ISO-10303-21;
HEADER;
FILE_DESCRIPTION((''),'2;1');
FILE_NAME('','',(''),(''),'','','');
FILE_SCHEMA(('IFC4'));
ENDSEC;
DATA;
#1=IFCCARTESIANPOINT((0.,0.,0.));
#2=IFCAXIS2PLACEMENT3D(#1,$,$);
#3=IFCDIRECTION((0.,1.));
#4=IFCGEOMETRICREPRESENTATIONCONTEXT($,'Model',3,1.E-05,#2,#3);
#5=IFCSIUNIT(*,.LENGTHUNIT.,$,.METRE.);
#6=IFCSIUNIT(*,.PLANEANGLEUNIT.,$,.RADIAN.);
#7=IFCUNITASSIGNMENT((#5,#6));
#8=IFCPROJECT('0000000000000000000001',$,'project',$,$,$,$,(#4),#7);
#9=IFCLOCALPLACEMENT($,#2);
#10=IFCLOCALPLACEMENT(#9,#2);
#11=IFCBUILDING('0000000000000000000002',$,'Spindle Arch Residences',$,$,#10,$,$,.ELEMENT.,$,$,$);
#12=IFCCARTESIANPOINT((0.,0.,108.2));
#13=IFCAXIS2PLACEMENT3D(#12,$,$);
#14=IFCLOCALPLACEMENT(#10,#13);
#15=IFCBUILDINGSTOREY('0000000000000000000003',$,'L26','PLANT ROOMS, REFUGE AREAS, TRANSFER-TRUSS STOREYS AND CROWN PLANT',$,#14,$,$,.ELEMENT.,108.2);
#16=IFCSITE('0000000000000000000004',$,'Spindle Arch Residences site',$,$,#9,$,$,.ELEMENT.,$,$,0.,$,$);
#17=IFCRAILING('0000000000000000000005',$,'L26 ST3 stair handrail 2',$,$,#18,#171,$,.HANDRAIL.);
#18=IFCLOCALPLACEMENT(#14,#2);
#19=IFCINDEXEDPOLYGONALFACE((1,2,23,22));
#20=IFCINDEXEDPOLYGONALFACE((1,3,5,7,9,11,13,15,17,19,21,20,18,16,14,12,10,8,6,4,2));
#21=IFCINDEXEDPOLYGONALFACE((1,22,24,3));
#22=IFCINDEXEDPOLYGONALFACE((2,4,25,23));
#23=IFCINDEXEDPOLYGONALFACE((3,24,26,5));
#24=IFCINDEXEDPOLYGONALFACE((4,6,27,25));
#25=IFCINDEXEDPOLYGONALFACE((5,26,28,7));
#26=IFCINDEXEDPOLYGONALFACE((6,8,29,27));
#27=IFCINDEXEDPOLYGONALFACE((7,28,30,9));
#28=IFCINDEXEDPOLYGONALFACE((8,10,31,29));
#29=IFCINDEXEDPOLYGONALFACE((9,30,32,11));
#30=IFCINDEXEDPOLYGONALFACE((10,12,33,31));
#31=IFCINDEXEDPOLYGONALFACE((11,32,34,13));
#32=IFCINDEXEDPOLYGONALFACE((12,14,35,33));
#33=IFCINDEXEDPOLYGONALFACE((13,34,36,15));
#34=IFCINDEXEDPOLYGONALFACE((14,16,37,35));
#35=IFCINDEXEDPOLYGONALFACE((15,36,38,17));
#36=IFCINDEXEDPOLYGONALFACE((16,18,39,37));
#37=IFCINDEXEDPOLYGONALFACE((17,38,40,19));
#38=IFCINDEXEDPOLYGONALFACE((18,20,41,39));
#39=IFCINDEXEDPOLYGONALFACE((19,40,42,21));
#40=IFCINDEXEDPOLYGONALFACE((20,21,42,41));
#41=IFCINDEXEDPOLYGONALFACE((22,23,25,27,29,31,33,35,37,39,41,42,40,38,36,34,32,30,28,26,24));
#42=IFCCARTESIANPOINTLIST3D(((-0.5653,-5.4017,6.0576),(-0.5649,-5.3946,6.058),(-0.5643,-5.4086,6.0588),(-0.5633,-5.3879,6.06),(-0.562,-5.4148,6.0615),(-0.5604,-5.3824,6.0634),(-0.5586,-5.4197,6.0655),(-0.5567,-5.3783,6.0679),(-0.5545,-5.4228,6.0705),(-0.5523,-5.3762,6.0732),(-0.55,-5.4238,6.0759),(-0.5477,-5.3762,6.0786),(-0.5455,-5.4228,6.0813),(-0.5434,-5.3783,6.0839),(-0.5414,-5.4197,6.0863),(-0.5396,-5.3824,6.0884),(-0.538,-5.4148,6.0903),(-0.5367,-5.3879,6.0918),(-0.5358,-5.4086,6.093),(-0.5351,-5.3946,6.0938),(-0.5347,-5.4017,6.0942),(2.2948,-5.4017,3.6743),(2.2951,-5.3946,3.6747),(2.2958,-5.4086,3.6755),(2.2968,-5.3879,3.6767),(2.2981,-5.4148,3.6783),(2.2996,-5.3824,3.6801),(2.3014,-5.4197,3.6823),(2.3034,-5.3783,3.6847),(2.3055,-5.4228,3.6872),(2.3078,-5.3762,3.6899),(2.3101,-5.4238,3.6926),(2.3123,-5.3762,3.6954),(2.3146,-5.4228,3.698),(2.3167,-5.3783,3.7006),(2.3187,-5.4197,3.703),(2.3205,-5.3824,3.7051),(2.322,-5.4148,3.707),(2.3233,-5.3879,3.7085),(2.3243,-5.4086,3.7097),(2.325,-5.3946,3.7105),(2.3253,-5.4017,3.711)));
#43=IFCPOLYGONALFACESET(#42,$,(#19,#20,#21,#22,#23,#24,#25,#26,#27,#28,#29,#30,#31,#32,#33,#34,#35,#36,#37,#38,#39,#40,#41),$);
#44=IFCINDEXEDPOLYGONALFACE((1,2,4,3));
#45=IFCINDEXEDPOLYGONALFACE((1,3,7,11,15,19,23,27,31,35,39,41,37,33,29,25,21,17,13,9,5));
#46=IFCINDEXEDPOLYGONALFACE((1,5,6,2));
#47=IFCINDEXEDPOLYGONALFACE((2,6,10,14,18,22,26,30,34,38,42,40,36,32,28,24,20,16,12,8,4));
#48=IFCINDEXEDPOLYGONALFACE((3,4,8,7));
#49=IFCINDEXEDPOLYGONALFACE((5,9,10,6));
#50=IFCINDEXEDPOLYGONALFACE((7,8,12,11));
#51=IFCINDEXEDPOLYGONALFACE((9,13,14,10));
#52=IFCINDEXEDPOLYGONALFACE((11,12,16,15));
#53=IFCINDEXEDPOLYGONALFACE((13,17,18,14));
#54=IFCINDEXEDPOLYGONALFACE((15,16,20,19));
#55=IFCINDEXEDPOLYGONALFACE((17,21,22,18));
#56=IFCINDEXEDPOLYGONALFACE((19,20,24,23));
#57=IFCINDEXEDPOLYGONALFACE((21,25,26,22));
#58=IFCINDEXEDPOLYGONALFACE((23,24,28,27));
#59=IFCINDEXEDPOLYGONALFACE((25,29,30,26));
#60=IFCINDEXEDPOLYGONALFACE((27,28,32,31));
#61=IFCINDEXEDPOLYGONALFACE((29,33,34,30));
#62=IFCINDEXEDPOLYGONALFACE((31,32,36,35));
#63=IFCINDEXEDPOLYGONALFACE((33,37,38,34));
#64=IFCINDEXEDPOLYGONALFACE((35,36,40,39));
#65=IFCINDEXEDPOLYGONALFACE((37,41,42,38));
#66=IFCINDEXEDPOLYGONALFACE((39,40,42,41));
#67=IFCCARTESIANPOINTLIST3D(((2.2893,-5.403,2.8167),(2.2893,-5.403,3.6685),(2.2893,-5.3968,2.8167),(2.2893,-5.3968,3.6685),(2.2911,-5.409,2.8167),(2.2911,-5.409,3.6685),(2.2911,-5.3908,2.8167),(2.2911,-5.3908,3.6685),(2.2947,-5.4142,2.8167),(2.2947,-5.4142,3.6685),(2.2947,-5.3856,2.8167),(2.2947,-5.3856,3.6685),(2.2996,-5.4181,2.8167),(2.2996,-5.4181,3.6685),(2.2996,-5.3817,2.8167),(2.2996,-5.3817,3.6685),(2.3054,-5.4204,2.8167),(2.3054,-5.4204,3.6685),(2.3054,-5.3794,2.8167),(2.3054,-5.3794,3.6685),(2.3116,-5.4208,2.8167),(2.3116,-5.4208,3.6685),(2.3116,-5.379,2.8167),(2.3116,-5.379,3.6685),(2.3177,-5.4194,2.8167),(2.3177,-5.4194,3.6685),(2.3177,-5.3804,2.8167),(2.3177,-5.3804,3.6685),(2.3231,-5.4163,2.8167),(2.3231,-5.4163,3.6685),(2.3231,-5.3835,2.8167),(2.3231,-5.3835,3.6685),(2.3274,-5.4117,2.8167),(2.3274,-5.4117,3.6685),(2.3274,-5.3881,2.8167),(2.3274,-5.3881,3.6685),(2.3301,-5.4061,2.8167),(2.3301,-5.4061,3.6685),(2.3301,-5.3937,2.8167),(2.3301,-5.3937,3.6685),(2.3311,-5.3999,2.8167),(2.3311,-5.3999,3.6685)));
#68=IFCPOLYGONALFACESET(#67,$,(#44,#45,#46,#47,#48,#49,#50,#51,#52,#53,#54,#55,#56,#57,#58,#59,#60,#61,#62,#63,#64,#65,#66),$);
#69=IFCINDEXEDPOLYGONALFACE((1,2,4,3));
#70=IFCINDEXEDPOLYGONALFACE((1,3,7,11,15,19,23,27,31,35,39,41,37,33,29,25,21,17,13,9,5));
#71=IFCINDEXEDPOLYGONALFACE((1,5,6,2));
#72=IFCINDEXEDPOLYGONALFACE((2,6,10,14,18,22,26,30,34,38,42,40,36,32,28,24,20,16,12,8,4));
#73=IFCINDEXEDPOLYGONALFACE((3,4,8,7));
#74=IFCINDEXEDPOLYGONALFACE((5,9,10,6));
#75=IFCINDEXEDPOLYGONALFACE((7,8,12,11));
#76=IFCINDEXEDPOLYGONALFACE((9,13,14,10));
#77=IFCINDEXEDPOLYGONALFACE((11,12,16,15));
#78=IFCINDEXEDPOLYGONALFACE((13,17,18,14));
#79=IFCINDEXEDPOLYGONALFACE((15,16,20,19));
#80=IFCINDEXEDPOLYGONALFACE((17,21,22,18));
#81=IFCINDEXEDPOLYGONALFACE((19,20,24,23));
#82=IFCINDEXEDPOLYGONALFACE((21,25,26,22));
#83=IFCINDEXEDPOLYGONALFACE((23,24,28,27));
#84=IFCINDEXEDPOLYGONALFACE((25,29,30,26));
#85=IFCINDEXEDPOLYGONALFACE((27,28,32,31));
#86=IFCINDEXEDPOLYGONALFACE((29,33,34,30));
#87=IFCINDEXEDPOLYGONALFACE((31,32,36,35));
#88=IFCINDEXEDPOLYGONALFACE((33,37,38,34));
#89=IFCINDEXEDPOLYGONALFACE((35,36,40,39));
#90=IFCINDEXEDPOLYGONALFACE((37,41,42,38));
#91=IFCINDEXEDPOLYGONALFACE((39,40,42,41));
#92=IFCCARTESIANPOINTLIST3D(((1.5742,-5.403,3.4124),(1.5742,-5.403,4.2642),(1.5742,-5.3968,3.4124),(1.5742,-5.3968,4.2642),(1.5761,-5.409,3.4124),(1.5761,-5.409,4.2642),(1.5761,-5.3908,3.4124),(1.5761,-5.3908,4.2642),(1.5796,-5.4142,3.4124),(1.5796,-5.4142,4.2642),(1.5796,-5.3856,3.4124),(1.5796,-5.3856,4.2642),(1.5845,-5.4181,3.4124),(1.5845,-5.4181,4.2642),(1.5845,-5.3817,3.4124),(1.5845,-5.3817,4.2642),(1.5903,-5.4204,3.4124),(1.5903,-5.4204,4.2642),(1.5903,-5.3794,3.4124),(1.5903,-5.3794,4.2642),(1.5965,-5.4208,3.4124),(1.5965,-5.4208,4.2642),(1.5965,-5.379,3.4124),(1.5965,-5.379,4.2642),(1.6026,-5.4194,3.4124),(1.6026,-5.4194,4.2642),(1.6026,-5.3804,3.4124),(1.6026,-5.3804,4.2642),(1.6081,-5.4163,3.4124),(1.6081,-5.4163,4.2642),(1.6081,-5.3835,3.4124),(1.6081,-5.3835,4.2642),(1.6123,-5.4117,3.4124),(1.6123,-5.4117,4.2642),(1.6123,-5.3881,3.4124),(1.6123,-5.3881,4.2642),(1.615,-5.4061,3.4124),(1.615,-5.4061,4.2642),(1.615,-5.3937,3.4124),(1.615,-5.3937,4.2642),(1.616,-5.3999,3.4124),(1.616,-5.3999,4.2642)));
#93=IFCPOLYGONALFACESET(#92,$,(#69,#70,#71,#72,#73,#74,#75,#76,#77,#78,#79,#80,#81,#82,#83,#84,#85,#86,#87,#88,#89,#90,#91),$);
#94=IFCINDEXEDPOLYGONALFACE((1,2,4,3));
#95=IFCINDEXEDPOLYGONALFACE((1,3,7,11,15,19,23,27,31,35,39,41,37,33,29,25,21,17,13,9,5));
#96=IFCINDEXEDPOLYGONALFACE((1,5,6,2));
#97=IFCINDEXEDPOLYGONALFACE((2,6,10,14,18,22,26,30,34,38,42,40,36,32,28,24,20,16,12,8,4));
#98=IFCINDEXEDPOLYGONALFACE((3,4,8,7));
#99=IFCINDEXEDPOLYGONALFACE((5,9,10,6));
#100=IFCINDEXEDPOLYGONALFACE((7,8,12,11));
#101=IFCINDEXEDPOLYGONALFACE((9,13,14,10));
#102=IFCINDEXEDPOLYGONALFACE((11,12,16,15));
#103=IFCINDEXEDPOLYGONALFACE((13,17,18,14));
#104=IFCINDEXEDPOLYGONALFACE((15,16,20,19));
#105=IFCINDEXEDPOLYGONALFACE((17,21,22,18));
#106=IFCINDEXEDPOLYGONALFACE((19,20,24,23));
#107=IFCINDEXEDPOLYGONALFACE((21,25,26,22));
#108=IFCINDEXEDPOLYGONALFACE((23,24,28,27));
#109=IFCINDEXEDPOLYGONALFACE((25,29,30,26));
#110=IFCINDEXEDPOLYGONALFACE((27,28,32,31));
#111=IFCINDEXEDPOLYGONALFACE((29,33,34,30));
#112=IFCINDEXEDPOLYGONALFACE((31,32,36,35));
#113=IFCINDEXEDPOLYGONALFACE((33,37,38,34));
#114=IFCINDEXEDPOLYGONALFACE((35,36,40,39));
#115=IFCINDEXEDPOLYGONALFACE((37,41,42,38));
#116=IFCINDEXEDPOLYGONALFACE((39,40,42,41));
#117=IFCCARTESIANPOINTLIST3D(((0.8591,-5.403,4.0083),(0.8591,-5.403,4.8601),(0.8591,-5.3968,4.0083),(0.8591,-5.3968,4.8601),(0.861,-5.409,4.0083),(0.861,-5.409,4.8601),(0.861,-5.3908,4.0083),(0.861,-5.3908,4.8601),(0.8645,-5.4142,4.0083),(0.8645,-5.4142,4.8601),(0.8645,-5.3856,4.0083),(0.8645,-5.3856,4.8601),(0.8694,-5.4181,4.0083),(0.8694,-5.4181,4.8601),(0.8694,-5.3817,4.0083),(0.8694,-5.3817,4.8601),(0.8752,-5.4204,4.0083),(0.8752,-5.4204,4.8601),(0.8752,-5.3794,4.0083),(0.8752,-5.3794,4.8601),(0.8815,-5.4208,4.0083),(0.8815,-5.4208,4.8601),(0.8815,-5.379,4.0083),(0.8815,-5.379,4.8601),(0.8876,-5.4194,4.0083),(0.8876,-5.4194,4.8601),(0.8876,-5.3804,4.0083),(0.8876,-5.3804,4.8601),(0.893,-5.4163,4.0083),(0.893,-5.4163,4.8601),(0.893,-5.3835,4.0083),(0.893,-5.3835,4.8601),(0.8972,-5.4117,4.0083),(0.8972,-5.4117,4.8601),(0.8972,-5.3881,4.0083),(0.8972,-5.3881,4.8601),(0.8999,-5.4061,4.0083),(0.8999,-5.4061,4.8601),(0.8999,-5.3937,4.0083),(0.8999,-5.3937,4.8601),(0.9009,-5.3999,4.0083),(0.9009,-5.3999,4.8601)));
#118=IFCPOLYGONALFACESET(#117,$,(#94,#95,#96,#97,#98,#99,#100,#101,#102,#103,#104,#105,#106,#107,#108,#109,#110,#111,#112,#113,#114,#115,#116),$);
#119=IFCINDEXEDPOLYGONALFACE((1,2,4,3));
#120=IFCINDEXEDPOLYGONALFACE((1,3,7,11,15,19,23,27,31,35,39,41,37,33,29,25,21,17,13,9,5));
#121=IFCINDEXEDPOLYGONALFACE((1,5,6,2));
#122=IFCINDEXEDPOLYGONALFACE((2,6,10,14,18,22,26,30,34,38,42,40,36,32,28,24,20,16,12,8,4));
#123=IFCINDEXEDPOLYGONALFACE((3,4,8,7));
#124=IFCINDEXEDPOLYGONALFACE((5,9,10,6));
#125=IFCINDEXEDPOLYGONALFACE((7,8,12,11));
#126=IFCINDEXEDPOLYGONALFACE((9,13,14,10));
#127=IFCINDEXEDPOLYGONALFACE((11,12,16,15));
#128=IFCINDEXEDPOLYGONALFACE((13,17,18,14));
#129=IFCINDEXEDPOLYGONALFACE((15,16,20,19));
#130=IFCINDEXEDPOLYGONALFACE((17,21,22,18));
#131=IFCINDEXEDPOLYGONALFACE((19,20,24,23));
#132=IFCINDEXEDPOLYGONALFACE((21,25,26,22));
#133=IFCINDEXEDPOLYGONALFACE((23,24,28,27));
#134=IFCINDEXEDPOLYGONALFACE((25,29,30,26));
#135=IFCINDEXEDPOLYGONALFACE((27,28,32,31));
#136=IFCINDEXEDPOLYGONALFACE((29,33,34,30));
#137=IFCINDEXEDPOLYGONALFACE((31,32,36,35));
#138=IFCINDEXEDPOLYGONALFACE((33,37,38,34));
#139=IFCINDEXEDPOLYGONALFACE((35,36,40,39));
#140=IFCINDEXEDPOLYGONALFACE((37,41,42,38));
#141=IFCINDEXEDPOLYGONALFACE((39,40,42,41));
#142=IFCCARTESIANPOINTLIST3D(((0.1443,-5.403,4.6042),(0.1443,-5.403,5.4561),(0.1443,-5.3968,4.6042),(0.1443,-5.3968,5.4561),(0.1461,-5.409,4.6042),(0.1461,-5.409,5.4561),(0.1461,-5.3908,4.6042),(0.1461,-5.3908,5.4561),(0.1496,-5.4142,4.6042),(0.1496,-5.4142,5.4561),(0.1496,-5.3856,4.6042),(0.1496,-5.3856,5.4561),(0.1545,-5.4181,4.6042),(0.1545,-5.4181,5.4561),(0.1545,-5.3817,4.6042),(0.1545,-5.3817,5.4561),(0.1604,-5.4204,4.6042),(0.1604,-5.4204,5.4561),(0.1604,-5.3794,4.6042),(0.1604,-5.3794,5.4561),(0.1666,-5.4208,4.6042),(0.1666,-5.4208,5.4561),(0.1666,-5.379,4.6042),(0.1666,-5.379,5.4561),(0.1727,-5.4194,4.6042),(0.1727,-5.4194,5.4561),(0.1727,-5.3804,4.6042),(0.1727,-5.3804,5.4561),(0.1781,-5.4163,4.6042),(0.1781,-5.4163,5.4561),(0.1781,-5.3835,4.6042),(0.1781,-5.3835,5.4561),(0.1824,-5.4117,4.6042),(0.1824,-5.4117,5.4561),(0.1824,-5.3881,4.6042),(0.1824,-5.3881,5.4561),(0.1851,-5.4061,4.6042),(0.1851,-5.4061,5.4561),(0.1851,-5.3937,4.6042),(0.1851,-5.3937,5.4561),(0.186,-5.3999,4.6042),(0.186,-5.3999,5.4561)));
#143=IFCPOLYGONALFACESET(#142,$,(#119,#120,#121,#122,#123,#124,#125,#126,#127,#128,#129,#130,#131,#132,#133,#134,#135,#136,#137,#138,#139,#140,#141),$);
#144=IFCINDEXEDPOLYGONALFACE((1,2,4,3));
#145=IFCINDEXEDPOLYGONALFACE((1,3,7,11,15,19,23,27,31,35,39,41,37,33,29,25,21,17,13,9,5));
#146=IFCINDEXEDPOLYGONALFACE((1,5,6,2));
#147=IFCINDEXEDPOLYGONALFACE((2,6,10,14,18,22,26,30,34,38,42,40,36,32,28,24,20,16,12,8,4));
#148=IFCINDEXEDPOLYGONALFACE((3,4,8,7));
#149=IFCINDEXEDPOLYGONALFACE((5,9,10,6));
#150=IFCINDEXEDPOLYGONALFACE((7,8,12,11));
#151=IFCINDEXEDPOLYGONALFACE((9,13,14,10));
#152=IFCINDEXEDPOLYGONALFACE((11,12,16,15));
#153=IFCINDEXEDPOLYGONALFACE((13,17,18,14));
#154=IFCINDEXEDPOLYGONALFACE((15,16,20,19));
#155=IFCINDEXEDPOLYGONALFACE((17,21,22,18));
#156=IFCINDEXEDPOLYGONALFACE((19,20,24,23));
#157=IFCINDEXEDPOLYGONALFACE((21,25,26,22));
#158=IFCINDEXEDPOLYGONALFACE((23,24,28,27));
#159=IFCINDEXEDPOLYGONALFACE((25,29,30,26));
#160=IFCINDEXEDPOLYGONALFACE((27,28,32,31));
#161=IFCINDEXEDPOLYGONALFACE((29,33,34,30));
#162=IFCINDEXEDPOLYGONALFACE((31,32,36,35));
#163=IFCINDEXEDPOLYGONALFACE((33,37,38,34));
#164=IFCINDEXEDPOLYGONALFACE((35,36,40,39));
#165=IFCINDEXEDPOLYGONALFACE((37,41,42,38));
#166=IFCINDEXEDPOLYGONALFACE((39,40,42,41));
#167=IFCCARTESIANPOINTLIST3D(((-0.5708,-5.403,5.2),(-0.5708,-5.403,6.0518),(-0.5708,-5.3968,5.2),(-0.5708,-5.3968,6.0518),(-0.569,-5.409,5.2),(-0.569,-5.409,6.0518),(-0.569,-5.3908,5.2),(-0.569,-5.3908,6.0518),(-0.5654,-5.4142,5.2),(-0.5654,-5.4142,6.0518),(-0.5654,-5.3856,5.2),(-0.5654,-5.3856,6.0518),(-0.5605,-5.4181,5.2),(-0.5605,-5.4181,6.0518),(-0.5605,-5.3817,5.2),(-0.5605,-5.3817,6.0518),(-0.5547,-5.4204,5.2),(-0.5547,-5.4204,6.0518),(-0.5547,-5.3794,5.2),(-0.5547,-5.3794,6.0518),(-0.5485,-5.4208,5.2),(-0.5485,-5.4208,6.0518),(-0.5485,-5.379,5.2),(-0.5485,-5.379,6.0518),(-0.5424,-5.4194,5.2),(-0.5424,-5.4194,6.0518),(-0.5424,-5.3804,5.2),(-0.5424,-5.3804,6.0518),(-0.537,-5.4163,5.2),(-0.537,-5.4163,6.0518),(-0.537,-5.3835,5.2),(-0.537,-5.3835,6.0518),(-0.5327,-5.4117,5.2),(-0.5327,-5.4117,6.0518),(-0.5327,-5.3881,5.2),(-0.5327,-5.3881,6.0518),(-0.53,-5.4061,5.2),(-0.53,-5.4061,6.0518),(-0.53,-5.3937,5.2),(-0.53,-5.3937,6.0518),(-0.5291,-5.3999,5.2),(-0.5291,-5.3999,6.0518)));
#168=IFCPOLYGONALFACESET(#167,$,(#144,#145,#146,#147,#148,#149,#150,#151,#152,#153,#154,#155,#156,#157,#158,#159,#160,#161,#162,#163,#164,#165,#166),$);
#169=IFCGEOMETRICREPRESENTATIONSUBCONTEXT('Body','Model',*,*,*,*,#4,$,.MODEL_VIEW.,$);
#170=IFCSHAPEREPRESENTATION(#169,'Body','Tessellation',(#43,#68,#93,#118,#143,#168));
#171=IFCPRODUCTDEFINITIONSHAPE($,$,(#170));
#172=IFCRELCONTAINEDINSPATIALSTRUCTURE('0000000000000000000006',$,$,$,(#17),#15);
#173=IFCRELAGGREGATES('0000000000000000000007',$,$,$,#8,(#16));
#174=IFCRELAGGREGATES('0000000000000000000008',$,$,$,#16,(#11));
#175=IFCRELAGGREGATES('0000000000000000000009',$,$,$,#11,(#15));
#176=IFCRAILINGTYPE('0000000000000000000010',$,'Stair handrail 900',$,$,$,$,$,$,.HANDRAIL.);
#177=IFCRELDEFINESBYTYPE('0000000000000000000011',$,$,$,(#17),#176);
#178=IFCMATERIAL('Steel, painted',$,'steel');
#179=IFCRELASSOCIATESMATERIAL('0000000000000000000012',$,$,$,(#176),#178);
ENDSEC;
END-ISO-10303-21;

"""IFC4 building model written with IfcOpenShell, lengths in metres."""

from ifc_helpers import new_model, si_unit, direction, frame, origin, origin_2d, place, context, subcontext, project, spatial, circle, extrude, material, type_object, element, save


model = new_model("IFC4")

# Units and contexts
model_context = context("Model", 3, precision=1e-05, world=origin(), true_north=direction((0.0, 1.0)))
body_context = subcontext(model_context, "Body", "Model", "MODEL_VIEW")
ifc_project = project(units=[si_unit("LENGTHUNIT", "METRE"), si_unit("PLANEANGLEUNIT", "RADIAN")], contexts=[model_context])

# Site, building, storey
site_placement = place(None, origin())
site = spatial("IfcSite", under=ifc_project, at=site_placement, Name="Spindle Arch Residences site", CompositionType="ELEMENT", RefElevation=0.0)
building_placement = place(site_placement, origin())
building = spatial("IfcBuilding", under=site, at=building_placement, Name="Spindle Arch Residences", CompositionType="ELEMENT")
storey_placement = place(building_placement, frame((0.0, 0.0, 108.2)))
storey = spatial("IfcBuildingStorey", under=building, at=storey_placement, Name="L26", Description="PLANT ROOMS, REFUGE AREAS, TRANSFER-TRUSS STOREYS AND CROWN PLANT", CompositionType="ELEMENT", Elevation=108.2)

# Railing
ifc_material_1 = material(Name="Steel, painted", Category="steel")
railing_type_1 = type_object("IfcRailingType", Name="Stair handrail 900", PredefinedType="HANDRAIL", material=ifc_material_1)
railing_1_placement = place(storey_placement, frame((2.3101, -5.3999, 2.8167)))
element("IfcRailing", 1, at=railing_1_placement, inside=storey, type_object=railing_type_1, Name="L26 ST3 stair handrail 2", PredefinedType="HANDRAIL", context=body_context, shape_type="SweptSolid", body=[
    extrude(circle(Radius=0.0239, at=origin_2d()), frame((0.0, 0.0, 0.876), z_axis=(-0.768237, 0.0, 0.640165), x_axis=(0.0, -1.0, 0.0)), (0.0, 0.0, 1.0), 3.7229),
    extrude(circle(Radius=0.021, at=origin_2d()), origin(), (0.0, 0.0, 1.0), 0.8518),
    extrude(circle(Radius=0.021, at=origin_2d()), frame((-0.7151, 0.0, 0.5957)), (0.0, 0.0, 1.0), 0.8518),
    extrude(circle(Radius=0.021, at=origin_2d()), frame((-1.4302, 0.0, 1.1917)), (0.0, 0.0, 1.0), 0.8518),
    extrude(circle(Radius=0.021, at=origin_2d()), frame((-2.145, 0.0, 1.7876)), (0.0, 0.0, 1.0), 0.8518),
    extrude(circle(Radius=0.021, at=origin_2d()), frame((-2.8601, 0.0, 2.3833)), (0.0, 0.0, 1.0), 0.8518),
])

save(model, "model.ifc")
